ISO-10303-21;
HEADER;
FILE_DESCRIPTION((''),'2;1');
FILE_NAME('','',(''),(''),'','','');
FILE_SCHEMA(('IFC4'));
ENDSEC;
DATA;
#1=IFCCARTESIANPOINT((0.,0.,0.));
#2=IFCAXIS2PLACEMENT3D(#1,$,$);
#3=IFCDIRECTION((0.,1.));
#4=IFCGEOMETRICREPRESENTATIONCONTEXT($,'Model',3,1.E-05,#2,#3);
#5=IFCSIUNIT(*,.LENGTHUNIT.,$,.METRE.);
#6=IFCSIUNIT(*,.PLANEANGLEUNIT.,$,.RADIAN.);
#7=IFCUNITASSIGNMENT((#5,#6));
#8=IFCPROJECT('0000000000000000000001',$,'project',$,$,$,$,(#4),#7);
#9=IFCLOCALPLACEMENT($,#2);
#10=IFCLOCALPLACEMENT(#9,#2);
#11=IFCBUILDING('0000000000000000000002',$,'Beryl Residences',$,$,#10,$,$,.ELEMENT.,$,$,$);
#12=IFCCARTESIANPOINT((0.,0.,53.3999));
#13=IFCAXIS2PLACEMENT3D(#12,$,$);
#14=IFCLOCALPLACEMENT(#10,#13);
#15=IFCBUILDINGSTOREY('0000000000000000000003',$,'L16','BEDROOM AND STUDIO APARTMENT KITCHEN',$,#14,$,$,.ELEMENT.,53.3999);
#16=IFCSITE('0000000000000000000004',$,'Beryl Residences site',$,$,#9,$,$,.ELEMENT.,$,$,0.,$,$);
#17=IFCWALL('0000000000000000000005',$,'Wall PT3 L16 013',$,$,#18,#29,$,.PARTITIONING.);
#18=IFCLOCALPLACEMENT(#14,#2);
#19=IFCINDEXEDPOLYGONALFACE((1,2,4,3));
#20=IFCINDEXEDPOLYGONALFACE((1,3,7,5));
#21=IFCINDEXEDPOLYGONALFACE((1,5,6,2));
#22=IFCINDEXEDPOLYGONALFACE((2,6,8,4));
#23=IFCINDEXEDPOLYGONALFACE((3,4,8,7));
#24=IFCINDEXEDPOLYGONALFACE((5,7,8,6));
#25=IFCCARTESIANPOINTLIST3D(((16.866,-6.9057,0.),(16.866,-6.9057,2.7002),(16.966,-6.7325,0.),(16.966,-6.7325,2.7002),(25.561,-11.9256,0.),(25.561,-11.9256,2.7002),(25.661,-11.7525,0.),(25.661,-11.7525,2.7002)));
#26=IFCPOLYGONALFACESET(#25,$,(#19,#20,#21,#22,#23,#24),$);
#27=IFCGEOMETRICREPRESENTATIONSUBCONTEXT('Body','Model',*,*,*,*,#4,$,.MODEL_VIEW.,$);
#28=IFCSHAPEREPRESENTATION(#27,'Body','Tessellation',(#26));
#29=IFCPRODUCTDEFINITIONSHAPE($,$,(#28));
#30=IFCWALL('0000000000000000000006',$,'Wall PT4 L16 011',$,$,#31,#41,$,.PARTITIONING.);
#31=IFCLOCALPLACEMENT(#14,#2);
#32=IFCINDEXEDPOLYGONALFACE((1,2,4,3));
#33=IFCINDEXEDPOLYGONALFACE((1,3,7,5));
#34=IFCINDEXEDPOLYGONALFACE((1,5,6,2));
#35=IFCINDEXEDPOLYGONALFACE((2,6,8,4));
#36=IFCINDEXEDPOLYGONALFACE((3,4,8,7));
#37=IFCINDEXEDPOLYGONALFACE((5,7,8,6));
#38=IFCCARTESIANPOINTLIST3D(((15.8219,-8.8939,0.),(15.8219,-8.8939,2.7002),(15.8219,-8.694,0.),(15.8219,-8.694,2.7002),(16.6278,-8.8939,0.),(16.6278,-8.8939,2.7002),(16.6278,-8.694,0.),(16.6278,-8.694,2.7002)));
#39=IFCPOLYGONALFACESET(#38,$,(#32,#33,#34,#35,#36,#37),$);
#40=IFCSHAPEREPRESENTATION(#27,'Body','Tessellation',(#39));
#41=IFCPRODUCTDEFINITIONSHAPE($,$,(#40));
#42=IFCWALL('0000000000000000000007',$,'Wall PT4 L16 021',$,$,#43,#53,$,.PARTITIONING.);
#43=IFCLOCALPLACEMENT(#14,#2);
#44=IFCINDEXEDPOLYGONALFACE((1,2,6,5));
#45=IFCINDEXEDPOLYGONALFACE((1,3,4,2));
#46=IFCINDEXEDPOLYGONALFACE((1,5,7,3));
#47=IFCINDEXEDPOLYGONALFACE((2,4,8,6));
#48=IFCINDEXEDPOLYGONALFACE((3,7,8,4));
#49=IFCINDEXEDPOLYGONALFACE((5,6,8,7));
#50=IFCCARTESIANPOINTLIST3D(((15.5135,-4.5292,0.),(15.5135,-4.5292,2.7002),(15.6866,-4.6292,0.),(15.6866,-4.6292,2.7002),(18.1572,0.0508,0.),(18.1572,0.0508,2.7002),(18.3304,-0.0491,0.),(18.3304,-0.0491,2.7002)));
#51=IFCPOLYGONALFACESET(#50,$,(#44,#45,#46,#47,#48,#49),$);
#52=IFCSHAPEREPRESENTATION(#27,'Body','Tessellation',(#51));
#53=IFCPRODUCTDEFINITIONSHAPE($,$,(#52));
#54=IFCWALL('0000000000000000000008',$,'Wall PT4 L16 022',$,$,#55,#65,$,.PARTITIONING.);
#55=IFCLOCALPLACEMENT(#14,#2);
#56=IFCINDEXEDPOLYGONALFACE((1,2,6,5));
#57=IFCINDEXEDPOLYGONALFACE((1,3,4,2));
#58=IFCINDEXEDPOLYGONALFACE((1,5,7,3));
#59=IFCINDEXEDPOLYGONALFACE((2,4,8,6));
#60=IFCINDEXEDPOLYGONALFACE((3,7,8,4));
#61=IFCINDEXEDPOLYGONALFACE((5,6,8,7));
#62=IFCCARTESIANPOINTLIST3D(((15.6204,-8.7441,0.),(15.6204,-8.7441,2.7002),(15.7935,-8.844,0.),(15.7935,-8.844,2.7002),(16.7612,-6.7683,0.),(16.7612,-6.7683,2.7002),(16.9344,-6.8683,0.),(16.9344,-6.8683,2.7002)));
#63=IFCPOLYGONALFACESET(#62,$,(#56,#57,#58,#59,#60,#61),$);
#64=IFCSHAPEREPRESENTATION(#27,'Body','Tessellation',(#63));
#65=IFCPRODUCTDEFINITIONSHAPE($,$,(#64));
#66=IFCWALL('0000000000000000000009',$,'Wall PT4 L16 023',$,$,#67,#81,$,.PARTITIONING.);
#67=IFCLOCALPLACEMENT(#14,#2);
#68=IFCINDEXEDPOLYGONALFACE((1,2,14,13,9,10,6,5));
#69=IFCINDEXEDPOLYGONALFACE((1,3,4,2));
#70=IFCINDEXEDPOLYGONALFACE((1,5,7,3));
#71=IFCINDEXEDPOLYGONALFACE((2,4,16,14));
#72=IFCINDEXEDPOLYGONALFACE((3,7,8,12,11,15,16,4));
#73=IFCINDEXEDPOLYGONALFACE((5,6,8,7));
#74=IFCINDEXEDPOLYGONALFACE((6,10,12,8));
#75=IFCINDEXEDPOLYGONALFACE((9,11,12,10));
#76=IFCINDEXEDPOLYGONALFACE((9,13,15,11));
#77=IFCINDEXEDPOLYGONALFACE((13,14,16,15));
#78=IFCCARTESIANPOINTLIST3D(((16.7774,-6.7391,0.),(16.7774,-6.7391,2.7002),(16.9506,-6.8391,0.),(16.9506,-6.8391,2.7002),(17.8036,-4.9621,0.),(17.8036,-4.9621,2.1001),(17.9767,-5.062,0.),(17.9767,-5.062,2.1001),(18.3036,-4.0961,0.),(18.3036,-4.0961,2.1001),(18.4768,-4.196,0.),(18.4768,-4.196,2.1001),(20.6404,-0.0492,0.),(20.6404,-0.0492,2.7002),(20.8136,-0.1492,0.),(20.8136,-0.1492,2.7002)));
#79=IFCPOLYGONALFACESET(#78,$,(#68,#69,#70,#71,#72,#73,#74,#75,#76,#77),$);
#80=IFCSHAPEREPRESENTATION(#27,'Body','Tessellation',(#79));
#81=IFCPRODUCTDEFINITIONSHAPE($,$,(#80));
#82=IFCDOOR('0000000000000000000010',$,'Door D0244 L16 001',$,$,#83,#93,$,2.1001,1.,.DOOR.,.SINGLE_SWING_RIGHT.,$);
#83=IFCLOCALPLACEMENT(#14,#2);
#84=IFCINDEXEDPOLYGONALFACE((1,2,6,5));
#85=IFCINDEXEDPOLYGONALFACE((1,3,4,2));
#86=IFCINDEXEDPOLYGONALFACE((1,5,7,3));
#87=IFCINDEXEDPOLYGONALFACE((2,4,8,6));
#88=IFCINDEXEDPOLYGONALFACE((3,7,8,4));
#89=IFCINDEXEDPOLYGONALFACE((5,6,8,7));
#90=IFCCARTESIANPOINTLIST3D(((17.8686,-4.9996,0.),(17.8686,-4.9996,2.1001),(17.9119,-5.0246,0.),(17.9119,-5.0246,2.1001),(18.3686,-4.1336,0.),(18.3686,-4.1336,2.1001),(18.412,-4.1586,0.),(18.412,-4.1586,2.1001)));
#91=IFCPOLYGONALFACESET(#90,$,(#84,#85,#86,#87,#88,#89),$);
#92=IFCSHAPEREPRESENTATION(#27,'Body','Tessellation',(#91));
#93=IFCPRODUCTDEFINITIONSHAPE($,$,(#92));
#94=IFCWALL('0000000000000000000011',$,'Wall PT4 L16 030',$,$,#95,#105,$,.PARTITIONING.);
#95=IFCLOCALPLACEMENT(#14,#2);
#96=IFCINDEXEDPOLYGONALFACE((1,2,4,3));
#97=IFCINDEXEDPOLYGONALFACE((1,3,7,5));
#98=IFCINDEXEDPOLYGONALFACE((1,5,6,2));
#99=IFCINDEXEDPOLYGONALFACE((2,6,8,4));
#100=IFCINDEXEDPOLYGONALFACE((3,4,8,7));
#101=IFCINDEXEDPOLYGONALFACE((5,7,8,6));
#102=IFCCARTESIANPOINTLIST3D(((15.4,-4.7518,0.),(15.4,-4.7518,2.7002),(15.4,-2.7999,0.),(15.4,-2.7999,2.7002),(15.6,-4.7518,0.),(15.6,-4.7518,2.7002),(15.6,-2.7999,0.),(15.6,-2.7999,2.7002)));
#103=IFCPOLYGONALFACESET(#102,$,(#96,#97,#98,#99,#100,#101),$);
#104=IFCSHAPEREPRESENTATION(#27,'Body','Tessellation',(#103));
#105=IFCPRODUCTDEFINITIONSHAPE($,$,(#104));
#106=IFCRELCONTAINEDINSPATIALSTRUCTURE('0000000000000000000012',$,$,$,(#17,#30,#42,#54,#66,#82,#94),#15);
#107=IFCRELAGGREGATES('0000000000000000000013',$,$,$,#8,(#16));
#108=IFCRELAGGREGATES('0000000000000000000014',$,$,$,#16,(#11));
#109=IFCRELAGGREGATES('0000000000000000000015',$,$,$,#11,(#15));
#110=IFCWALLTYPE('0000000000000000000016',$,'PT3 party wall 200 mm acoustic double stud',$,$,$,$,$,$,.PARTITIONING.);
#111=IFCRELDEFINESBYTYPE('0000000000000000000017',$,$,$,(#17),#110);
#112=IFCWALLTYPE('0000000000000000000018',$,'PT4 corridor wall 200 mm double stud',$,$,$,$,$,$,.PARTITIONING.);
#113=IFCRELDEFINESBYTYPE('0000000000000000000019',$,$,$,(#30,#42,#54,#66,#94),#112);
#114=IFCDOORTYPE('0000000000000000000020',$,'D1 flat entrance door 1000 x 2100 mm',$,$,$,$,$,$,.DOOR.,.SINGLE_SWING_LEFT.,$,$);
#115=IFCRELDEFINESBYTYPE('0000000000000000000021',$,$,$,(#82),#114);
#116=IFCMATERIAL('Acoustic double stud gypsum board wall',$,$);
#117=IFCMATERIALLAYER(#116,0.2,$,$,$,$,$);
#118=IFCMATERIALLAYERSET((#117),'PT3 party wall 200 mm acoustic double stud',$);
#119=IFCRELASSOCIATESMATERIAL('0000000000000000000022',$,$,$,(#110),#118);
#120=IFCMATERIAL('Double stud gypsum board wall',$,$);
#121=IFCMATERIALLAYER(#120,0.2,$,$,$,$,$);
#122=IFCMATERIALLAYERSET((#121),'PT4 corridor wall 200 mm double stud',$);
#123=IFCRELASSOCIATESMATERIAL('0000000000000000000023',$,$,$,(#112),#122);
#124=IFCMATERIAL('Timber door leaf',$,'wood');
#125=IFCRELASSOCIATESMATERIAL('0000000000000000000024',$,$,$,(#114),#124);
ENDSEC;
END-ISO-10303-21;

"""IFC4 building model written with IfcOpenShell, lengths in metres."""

from ifc_helpers import new_model, si_unit, direction, frame, frame_2d, origin, place, context, subcontext, project, spatial, rectangle, extrude, material, layer, layer_set, type_object, element, fill, save


model = new_model("IFC4")

# Units and contexts
model_context = context("Model", 3, precision=1e-05, world=origin(), true_north=direction((0.0, 1.0)))
body_context = subcontext(model_context, "Body", "Model", "MODEL_VIEW")
ifc_project = project(units=[si_unit("LENGTHUNIT", "METRE"), si_unit("PLANEANGLEUNIT", "RADIAN")], contexts=[model_context])

# Site, building, storey
site_placement = place(None, origin())
site = spatial("IfcSite", under=ifc_project, at=site_placement, Name="Beryl Residences site", CompositionType="ELEMENT", RefElevation=0.0)
building_placement = place(site_placement, origin())
building = spatial("IfcBuilding", under=site, at=building_placement, Name="Beryl Residences", CompositionType="ELEMENT")
storey_placement = place(building_placement, frame((0.0, 0.0, 53.3999)))
storey = spatial("IfcBuildingStorey", under=building, at=storey_placement, Name="L16", Description="BEDROOM AND STUDIO APARTMENT KITCHEN", CompositionType="ELEMENT", Elevation=53.3999)

# Walls
ifc_material_1 = material(Name="Acoustic double stud gypsum board wall")
ifc_layer_1 = layer(ifc_material_1, 0.2)
ifc_layer_set_1 = layer_set([ifc_layer_1], Name="PT3 party wall 200 mm acoustic double stud")
wall_type_1 = type_object("IfcWallType", Name="PT3 party wall 200 mm acoustic double stud", PredefinedType="PARTITIONING", material=ifc_layer_set_1)
wall_1_placement = place(storey_placement, frame((16.916, -6.8191, 0.0), z_axis=(0.0, 0.0, 1.0), x_axis=(0.866029, -0.499994, 0.0)))
element("IfcWall", 1, at=wall_1_placement, inside=storey, type_object=wall_type_1, Name="Wall PT3 L16 013", PredefinedType="PARTITIONING", context=body_context, shape_type="SweptSolid", body=[
    extrude(rectangle(XDim=10.04, YDim=0.2, at=frame_2d((5.02, 0.0))), origin(), (0.0, 0.0, 1.0), 2.7002),
])
ifc_material_2 = material(Name="Double stud gypsum board wall")
ifc_layer_2 = layer(ifc_material_2, 0.2)
ifc_layer_set_2 = layer_set([ifc_layer_2], Name="PT4 corridor wall 200 mm double stud")
wall_type_2 = type_object("IfcWallType", Name="PT4 corridor wall 200 mm double stud", PredefinedType="PARTITIONING", material=ifc_layer_set_2)
wall_2_placement = place(storey_placement, frame((15.822, -8.7939, 0.0), z_axis=(0.0, 0.0, 1.0), x_axis=(1.0, 0.0, 0.0)))
element("IfcWall", 2, at=wall_2_placement, inside=storey, type_object=wall_type_2, Name="Wall PT4 L16 011", PredefinedType="PARTITIONING", context=body_context, shape_type="SweptSolid", body=[
    extrude(rectangle(XDim=0.8059, YDim=0.2, at=frame_2d((0.4028, 0.0))), origin(), (0.0, 0.0, 1.0), 2.7002),
])
wall_3_placement = place(storey_placement, frame((15.6001, -4.5791, 0.0), z_axis=(0.0, 0.0, 1.0), x_axis=(0.499928, 0.866067, 0.0)))
element("IfcWall", 3, at=wall_3_placement, inside=storey, type_object=wall_type_2, Name="Wall PT4 L16 021", PredefinedType="PARTITIONING", context=body_context, shape_type="SweptSolid", body=[
    extrude(rectangle(XDim=5.2883, YDim=0.2, at=frame_2d((2.644, 0.0))), origin(), (0.0, 0.0, 1.0), 2.7002),
])
wall_4_placement = place(storey_placement, frame((15.707, -8.7939, 0.0), z_axis=(0.0, 0.0, 1.0), x_axis=(0.50004, 0.866002, 0.0)))
element("IfcWall", 4, at=wall_4_placement, inside=storey, type_object=wall_type_2, Name="Wall PT4 L16 022", PredefinedType="PARTITIONING", context=body_context, shape_type="SweptSolid", body=[
    extrude(rectangle(XDim=2.2815, YDim=0.2, at=frame_2d((1.1406, 0.0))), origin(), (0.0, 0.0, 1.0), 2.7002),
])

# Wall, opening, door
wall_5_placement = place(storey_placement, frame((16.864, -6.7891, 0.0), z_axis=(0.0, 0.0, 1.0), x_axis=(0.500058, 0.865992, 0.0)))
wall_5 = element("IfcWall", 5, at=wall_5_placement, inside=storey, type_object=wall_type_2, Name="Wall PT4 L16 023", PredefinedType="PARTITIONING", context=body_context, shape_type="SweptSolid", body=[
    extrude(rectangle(XDim=7.7251, YDim=0.2, at=frame_2d((3.8625, 0.0))), origin(), (0.0, 0.0, 1.0), 2.7002),
])
opening_1_placement = place(wall_5_placement, frame((2.052, 0.0, 0.0)))
opening_1 = element("IfcOpeningElement", 6, at=opening_1_placement, cuts=wall_5, PredefinedType="OPENING", context=body_context, shape_type="SweptSolid", body=[
    extrude(rectangle(XDim=1.0, YDim=2.1001, at=frame_2d((0.5, 1.05))), frame((0.0, 0.1099, 0.0), z_axis=(0.0, -1.0, 0.0), x_axis=(1.0, 0.0, 0.0)), (0.0, 0.0, 1.0), 0.22),
])
ifc_material_3 = material(Name="Timber door leaf", Category="wood")
door_type_1 = type_object("IfcDoorType", Name="D1 flat entrance door 1000 x 2100 mm", OperationType="SINGLE_SWING_LEFT", PredefinedType="DOOR", material=ifc_material_3)
door_1_placement = place(opening_1_placement, origin())
door_1 = element("IfcDoor", 7, at=door_1_placement, inside=storey, type_object=door_type_1, Name="Door D0244 L16 001", OperationType="SINGLE_SWING_RIGHT", OverallHeight=2.1001, OverallWidth=1.0, PredefinedType="DOOR", context=body_context, shape_type="SweptSolid", body=[
    extrude(rectangle(XDim=1.0, YDim=2.1001, at=frame_2d((0.5, 1.05))), frame((0.0, 0.0249, 0.0), z_axis=(0.0, -1.0, 0.0), x_axis=(1.0, 0.0, 0.0)), (0.0, 0.0, 1.0), 0.05),
])
fill(opening_1, door_1)

# Wall
wall_6_placement = place(storey_placement, frame((15.5, -4.752, 0.0), z_axis=(0.0, 0.0, 1.0), x_axis=(0.0, 1.0, 0.0)))
element("IfcWall", 8, at=wall_6_placement, inside=storey, type_object=wall_type_2, Name="Wall PT4 L16 030", PredefinedType="PARTITIONING", context=body_context, shape_type="SweptSolid", body=[
    extrude(rectangle(XDim=1.9519, YDim=0.2, at=frame_2d((0.9761, 0.0))), origin(), (0.0, 0.0, 1.0), 2.7002),
])

save(model, "model.ifc")
